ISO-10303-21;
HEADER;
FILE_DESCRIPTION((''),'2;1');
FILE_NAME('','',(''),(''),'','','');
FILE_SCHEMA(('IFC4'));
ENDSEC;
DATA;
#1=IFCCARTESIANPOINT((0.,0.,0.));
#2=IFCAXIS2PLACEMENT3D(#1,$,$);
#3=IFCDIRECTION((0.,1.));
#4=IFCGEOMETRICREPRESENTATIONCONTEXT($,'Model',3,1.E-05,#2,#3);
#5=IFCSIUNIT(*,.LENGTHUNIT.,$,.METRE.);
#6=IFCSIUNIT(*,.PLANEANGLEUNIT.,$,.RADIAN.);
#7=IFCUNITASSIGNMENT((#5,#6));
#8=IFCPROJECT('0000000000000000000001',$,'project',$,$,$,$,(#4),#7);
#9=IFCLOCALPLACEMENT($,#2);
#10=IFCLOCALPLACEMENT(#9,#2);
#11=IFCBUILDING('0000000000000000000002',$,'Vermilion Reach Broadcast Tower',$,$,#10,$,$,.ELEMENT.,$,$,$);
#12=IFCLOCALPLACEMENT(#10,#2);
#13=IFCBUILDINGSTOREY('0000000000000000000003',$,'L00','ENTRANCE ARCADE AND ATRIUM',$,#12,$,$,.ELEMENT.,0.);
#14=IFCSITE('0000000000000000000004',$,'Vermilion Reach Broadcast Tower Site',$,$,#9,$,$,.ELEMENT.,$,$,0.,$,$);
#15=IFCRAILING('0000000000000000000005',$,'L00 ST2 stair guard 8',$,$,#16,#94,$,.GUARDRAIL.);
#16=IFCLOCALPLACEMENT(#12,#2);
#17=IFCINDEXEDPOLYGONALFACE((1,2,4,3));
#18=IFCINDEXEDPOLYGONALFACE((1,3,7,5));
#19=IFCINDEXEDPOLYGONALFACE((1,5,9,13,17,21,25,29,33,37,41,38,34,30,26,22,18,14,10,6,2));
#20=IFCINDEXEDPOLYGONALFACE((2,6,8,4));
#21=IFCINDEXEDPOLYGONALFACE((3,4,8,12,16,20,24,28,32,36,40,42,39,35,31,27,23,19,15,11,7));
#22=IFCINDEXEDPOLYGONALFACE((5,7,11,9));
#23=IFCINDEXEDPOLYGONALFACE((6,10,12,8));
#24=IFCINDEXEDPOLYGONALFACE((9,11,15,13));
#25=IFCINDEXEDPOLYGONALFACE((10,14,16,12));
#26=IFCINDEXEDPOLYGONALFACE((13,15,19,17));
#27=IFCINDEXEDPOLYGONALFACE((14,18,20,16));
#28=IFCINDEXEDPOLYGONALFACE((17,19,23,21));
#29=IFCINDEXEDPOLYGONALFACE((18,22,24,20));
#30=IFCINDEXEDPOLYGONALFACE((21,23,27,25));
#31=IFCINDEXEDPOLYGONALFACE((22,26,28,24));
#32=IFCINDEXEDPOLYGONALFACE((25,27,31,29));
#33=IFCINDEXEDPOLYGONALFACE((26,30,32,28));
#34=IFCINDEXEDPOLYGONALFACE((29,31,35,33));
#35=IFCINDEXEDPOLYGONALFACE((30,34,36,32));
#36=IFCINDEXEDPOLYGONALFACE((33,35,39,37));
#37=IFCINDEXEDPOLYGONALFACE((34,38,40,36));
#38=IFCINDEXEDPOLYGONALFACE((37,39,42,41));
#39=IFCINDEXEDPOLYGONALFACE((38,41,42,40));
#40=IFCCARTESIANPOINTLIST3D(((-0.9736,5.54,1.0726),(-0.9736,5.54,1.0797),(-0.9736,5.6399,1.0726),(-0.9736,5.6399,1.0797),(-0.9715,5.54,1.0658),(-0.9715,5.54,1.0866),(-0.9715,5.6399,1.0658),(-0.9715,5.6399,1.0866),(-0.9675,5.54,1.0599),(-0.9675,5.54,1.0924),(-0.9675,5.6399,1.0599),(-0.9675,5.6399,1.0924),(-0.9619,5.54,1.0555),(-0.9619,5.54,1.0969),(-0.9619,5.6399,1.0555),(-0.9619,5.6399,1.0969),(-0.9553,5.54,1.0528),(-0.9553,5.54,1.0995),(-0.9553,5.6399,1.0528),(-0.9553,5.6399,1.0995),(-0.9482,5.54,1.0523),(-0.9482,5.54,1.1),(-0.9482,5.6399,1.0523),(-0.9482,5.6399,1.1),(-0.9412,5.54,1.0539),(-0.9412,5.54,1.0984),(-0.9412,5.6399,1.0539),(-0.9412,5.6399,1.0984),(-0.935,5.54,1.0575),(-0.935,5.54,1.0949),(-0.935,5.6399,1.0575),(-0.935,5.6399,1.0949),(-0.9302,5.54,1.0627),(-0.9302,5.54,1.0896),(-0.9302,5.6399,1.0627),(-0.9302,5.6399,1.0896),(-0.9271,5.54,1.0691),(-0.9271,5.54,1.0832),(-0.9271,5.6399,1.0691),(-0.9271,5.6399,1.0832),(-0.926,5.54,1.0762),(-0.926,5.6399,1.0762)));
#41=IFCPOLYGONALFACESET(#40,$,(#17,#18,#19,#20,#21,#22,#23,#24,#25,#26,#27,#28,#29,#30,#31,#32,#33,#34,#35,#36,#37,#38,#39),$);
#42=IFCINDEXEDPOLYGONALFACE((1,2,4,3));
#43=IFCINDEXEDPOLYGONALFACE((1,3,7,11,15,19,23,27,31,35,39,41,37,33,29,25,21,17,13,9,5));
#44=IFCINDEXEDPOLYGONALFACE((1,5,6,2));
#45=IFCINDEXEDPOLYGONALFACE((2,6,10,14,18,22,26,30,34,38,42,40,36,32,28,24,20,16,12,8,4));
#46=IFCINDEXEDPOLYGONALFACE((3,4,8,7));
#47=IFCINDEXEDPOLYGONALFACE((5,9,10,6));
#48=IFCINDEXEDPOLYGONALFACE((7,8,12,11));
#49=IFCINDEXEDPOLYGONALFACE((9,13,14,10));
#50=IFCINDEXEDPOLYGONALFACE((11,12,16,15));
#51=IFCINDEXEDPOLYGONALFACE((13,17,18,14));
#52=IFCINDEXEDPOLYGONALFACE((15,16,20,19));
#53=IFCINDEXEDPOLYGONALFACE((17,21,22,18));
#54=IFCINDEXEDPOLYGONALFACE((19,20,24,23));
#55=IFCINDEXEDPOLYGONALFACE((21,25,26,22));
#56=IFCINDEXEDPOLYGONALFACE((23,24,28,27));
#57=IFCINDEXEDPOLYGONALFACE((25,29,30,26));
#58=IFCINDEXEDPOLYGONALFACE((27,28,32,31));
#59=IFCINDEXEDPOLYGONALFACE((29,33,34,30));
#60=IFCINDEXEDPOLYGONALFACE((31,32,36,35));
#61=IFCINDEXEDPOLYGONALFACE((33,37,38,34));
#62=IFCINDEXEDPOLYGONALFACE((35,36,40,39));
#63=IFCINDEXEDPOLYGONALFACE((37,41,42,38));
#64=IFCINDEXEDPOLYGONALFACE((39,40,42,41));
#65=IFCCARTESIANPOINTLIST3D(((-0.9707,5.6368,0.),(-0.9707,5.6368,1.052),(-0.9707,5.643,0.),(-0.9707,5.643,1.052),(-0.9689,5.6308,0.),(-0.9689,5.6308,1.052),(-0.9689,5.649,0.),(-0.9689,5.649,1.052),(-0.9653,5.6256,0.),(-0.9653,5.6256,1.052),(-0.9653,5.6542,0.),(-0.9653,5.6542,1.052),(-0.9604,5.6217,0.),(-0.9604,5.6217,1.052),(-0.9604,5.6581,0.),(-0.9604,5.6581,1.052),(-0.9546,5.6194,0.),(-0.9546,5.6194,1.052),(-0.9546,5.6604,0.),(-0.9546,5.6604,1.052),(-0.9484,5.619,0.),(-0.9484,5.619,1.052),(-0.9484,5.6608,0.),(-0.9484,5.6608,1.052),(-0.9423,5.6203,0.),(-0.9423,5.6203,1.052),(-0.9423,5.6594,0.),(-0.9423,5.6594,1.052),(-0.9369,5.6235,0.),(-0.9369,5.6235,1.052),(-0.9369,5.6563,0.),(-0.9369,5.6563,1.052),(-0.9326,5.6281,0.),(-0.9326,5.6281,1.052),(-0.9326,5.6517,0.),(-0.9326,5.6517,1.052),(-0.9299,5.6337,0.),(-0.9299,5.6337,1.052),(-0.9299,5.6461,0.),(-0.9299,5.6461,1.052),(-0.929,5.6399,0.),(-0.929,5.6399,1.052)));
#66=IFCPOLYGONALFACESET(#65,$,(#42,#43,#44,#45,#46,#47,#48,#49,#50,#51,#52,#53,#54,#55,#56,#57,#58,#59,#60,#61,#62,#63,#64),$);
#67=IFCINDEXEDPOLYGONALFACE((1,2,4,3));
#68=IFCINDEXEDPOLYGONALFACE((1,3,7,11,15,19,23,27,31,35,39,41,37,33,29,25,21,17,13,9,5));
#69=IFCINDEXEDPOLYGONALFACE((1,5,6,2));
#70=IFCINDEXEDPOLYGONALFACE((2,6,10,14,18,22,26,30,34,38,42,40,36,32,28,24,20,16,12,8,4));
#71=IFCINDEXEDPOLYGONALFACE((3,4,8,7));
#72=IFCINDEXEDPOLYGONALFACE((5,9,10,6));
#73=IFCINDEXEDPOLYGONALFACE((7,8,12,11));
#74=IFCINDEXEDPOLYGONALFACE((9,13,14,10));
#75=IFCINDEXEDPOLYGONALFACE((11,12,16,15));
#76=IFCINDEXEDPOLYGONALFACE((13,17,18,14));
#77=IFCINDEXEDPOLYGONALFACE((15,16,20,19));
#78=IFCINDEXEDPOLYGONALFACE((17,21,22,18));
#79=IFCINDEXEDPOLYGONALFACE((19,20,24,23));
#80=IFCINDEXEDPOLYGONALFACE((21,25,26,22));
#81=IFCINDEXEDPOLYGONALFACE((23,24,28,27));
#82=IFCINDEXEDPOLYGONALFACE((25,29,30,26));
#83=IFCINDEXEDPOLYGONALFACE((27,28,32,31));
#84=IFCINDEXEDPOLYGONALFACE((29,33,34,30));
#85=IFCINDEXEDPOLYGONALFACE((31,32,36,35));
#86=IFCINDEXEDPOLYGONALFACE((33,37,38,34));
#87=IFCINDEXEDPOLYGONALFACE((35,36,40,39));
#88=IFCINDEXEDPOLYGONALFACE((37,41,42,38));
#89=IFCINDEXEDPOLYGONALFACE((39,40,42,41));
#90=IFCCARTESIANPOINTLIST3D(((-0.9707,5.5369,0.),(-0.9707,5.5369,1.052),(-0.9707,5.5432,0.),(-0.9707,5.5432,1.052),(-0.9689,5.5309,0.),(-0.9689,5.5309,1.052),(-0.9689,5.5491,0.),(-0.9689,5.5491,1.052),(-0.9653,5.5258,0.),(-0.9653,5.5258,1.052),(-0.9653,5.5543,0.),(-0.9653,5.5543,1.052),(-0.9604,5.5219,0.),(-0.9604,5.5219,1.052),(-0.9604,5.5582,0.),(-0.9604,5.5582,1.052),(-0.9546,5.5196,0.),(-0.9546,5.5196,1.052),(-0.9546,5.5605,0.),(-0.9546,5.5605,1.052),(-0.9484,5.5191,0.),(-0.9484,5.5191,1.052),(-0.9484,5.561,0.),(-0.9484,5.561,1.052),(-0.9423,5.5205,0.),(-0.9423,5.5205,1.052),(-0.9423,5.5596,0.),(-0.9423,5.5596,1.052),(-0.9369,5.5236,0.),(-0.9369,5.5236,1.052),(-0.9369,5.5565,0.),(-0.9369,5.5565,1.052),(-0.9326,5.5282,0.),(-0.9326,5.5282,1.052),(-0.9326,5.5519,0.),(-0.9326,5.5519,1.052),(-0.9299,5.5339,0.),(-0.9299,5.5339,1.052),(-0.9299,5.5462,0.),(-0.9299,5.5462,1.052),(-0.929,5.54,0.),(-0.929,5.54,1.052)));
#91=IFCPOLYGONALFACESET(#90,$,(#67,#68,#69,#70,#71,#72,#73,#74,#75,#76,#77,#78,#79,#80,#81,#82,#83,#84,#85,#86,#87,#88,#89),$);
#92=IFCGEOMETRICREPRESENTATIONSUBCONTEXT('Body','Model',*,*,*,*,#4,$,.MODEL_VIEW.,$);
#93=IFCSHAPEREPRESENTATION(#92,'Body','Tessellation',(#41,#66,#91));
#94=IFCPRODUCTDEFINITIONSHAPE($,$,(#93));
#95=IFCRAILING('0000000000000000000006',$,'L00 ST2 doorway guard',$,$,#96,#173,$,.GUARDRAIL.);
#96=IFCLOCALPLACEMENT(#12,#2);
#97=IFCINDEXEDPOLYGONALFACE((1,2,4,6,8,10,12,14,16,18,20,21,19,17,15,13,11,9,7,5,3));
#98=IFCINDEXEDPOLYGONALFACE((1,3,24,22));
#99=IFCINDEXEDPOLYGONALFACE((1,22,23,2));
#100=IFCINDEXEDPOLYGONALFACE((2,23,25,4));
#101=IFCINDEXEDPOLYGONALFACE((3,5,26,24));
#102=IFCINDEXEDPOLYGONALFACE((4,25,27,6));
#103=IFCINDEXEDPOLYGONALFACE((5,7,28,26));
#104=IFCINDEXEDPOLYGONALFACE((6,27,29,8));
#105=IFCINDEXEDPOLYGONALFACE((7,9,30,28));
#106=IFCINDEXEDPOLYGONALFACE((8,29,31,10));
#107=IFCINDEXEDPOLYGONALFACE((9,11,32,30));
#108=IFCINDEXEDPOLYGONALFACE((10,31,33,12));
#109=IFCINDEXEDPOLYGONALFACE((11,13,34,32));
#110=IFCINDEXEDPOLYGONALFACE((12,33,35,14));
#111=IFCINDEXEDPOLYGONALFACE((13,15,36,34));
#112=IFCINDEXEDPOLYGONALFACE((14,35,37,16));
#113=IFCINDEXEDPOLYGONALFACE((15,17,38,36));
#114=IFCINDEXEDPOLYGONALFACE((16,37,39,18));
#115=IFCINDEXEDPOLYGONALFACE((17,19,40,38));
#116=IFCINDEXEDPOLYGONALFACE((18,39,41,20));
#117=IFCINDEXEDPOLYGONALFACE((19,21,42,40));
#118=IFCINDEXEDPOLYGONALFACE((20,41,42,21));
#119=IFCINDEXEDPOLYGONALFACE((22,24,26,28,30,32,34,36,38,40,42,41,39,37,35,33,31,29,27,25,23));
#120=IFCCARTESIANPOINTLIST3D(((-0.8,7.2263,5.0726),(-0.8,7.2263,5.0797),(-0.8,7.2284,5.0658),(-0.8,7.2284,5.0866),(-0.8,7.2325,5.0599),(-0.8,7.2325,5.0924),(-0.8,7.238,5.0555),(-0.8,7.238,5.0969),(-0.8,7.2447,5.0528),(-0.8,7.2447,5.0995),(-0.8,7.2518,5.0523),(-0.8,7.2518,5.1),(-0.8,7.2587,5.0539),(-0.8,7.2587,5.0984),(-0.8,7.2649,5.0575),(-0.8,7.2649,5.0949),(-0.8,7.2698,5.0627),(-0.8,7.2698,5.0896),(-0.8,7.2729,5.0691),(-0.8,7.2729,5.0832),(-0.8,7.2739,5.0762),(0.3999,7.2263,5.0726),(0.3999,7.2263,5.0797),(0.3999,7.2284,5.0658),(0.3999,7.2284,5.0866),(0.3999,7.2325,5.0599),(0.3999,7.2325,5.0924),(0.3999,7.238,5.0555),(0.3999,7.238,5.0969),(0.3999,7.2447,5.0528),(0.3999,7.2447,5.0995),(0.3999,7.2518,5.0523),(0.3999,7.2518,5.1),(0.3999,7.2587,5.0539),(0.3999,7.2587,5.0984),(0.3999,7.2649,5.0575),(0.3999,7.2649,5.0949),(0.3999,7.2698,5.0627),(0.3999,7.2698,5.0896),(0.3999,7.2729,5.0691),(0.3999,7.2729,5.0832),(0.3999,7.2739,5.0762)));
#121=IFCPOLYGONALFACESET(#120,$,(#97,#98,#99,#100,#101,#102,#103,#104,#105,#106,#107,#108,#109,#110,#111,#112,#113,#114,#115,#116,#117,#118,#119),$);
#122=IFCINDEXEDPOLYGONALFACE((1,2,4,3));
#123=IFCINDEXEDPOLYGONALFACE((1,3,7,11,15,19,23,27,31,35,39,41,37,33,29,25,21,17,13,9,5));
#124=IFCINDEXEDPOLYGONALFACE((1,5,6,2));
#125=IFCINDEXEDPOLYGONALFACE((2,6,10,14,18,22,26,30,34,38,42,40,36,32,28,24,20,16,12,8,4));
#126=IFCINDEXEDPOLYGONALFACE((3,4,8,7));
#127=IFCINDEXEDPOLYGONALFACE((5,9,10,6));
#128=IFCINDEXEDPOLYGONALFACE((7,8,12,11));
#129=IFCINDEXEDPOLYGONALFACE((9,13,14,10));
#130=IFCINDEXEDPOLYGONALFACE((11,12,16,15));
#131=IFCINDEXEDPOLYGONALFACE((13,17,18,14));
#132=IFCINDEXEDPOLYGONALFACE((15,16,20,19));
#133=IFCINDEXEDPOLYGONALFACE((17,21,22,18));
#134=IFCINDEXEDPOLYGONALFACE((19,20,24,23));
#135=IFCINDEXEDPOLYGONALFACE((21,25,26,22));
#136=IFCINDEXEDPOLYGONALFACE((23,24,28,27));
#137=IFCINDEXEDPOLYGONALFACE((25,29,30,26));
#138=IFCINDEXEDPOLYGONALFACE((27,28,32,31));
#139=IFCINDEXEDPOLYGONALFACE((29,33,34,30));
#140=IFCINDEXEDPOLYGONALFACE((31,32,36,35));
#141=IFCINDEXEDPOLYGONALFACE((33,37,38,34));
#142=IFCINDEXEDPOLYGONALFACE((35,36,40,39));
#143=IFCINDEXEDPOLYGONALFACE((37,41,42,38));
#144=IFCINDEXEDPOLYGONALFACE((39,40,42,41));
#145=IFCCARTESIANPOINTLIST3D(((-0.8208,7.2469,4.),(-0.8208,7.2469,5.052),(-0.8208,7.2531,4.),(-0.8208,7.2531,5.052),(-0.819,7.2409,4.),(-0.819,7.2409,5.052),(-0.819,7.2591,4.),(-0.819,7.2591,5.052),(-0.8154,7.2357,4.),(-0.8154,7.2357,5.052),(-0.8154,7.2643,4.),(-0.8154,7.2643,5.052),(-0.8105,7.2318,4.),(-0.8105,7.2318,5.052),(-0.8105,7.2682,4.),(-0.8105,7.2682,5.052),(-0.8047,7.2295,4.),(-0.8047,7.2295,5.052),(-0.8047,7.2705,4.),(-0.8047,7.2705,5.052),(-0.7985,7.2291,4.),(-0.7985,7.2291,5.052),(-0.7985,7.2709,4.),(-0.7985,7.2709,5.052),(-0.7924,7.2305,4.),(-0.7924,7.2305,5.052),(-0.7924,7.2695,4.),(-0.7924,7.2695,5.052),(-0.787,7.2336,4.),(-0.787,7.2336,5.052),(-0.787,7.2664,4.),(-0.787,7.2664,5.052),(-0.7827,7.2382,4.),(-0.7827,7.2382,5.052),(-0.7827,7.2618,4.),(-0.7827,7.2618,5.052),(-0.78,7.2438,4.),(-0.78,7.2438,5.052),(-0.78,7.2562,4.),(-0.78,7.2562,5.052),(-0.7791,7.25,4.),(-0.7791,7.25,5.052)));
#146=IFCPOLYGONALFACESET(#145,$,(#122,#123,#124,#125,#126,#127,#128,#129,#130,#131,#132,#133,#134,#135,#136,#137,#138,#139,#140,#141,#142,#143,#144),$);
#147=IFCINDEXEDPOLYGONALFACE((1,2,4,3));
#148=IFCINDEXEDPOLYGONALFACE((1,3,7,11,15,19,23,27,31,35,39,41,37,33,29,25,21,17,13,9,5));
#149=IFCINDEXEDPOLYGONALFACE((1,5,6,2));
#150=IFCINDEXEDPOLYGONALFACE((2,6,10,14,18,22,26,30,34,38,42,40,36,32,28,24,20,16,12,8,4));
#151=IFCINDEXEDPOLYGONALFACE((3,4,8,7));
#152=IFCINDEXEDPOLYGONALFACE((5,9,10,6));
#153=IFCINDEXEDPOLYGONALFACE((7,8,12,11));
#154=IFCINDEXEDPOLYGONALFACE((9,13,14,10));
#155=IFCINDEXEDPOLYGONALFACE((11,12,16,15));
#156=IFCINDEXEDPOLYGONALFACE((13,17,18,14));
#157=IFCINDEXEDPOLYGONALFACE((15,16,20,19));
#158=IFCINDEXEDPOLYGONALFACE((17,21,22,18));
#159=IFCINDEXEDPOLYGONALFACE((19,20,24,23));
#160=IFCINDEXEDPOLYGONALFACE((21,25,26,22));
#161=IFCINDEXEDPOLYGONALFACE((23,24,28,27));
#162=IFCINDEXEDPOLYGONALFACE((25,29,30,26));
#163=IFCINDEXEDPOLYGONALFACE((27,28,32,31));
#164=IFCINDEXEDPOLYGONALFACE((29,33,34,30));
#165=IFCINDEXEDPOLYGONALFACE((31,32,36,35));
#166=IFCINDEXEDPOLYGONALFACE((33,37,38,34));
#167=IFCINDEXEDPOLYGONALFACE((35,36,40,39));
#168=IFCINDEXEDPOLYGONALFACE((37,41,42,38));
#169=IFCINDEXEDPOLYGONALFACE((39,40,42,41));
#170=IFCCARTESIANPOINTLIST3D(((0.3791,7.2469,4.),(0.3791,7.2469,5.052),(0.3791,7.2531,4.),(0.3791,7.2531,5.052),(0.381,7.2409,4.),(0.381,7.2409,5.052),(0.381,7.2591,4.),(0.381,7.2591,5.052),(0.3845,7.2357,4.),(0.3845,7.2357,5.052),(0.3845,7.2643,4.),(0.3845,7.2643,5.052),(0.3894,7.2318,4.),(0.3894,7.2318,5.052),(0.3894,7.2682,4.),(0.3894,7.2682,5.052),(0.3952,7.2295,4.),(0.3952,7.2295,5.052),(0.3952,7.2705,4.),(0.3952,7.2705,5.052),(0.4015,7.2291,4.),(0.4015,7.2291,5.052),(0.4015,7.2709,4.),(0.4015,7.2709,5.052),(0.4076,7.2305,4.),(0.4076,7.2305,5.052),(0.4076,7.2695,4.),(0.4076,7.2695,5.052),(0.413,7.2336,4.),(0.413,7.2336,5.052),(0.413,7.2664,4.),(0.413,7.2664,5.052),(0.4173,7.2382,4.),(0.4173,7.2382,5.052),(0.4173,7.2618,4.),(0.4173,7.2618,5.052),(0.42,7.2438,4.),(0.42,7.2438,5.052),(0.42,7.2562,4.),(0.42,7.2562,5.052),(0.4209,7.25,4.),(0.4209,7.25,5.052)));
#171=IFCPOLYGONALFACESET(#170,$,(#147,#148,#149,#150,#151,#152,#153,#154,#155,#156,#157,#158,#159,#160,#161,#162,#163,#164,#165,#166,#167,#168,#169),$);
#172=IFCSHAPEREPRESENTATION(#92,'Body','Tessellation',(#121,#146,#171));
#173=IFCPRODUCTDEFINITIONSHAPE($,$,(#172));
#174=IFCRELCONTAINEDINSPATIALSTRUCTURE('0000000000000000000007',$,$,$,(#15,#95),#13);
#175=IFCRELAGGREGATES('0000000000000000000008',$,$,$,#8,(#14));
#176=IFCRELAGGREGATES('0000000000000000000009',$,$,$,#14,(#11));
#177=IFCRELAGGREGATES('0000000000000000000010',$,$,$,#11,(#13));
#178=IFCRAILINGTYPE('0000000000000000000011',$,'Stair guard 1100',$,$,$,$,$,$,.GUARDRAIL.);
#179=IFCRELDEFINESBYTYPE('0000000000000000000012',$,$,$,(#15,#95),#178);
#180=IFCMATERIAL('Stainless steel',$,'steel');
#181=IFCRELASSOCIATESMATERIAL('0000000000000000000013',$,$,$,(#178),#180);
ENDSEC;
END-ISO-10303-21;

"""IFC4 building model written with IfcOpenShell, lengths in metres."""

from ifc_helpers import new_model, si_unit, direction, frame, origin, origin_2d, place, context, subcontext, project, spatial, circle, extrude, material, type_object, element, save


model = new_model("IFC4")

# Units and contexts
model_context = context("Model", 3, precision=1e-05, world=origin(), true_north=direction((0.0, 1.0)))
body_context = subcontext(model_context, "Body", "Model", "MODEL_VIEW")
ifc_project = project(units=[si_unit("LENGTHUNIT", "METRE"), si_unit("PLANEANGLEUNIT", "RADIAN")], contexts=[model_context])

# Site, building, storey
site_placement = place(None, origin())
site = spatial("IfcSite", under=ifc_project, at=site_placement, Name="Vermilion Reach Broadcast Tower Site", CompositionType="ELEMENT", RefElevation=0.0)
building_placement = place(site_placement, origin())
building = spatial("IfcBuilding", under=site, at=building_placement, Name="Vermilion Reach Broadcast Tower", CompositionType="ELEMENT")
storey_placement = place(building_placement, origin())
storey = spatial("IfcBuildingStorey", under=building, at=storey_placement, Name="L00", Description="ENTRANCE ARCADE AND ATRIUM", CompositionType="ELEMENT", Elevation=0.0)

# Railings
ifc_material_1 = material(Name="Stainless steel", Category="steel")
railing_type_1 = type_object("IfcRailingType", Name="Stair guard 1100", PredefinedType="GUARDRAIL", material=ifc_material_1)
railing_1_placement = place(storey_placement, frame((-0.95, 5.6399, 0.0)))
element("IfcRailing", 1, at=railing_1_placement, inside=storey, type_object=railing_type_1, Name="L00 ST2 stair guard 8", PredefinedType="GUARDRAIL", context=body_context, shape_type="SweptSolid", body=[
    extrude(circle(Radius=0.0239, at=origin_2d()), frame((0.0, 0.0, 1.0762), z_axis=(0.0, -1.0, 0.0), x_axis=(1.0, 0.0, 0.0)), (0.0, 0.0, 1.0), 0.0999),
    extrude(circle(Radius=0.021, at=origin_2d()), origin(), (0.0, 0.0, 1.0), 1.052),
    extrude(circle(Radius=0.021, at=origin_2d()), frame((0.0, -0.0999, 0.0)), (0.0, 0.0, 1.0), 1.052),
])
railing_2_placement = place(storey_placement, frame((-0.8, 7.25, 4.0)))
element("IfcRailing", 2, at=railing_2_placement, inside=storey, type_object=railing_type_1, Name="L00 ST2 doorway guard", PredefinedType="GUARDRAIL", context=body_context, shape_type="SweptSolid", body=[
    extrude(circle(Radius=0.0239, at=origin_2d()), frame((0.0, 0.0, 1.0762), z_axis=(1.0, 0.0, 0.0), x_axis=(0.0, 1.0, 0.0)), (0.0, 0.0, 1.0), 1.2),
    extrude(circle(Radius=0.021, at=origin_2d()), origin(), (0.0, 0.0, 1.0), 1.052),
    extrude(circle(Radius=0.021, at=origin_2d()), frame((1.2, 0.0, 0.0)), (0.0, 0.0, 1.0), 1.052),
])

save(model, "model.ifc")
